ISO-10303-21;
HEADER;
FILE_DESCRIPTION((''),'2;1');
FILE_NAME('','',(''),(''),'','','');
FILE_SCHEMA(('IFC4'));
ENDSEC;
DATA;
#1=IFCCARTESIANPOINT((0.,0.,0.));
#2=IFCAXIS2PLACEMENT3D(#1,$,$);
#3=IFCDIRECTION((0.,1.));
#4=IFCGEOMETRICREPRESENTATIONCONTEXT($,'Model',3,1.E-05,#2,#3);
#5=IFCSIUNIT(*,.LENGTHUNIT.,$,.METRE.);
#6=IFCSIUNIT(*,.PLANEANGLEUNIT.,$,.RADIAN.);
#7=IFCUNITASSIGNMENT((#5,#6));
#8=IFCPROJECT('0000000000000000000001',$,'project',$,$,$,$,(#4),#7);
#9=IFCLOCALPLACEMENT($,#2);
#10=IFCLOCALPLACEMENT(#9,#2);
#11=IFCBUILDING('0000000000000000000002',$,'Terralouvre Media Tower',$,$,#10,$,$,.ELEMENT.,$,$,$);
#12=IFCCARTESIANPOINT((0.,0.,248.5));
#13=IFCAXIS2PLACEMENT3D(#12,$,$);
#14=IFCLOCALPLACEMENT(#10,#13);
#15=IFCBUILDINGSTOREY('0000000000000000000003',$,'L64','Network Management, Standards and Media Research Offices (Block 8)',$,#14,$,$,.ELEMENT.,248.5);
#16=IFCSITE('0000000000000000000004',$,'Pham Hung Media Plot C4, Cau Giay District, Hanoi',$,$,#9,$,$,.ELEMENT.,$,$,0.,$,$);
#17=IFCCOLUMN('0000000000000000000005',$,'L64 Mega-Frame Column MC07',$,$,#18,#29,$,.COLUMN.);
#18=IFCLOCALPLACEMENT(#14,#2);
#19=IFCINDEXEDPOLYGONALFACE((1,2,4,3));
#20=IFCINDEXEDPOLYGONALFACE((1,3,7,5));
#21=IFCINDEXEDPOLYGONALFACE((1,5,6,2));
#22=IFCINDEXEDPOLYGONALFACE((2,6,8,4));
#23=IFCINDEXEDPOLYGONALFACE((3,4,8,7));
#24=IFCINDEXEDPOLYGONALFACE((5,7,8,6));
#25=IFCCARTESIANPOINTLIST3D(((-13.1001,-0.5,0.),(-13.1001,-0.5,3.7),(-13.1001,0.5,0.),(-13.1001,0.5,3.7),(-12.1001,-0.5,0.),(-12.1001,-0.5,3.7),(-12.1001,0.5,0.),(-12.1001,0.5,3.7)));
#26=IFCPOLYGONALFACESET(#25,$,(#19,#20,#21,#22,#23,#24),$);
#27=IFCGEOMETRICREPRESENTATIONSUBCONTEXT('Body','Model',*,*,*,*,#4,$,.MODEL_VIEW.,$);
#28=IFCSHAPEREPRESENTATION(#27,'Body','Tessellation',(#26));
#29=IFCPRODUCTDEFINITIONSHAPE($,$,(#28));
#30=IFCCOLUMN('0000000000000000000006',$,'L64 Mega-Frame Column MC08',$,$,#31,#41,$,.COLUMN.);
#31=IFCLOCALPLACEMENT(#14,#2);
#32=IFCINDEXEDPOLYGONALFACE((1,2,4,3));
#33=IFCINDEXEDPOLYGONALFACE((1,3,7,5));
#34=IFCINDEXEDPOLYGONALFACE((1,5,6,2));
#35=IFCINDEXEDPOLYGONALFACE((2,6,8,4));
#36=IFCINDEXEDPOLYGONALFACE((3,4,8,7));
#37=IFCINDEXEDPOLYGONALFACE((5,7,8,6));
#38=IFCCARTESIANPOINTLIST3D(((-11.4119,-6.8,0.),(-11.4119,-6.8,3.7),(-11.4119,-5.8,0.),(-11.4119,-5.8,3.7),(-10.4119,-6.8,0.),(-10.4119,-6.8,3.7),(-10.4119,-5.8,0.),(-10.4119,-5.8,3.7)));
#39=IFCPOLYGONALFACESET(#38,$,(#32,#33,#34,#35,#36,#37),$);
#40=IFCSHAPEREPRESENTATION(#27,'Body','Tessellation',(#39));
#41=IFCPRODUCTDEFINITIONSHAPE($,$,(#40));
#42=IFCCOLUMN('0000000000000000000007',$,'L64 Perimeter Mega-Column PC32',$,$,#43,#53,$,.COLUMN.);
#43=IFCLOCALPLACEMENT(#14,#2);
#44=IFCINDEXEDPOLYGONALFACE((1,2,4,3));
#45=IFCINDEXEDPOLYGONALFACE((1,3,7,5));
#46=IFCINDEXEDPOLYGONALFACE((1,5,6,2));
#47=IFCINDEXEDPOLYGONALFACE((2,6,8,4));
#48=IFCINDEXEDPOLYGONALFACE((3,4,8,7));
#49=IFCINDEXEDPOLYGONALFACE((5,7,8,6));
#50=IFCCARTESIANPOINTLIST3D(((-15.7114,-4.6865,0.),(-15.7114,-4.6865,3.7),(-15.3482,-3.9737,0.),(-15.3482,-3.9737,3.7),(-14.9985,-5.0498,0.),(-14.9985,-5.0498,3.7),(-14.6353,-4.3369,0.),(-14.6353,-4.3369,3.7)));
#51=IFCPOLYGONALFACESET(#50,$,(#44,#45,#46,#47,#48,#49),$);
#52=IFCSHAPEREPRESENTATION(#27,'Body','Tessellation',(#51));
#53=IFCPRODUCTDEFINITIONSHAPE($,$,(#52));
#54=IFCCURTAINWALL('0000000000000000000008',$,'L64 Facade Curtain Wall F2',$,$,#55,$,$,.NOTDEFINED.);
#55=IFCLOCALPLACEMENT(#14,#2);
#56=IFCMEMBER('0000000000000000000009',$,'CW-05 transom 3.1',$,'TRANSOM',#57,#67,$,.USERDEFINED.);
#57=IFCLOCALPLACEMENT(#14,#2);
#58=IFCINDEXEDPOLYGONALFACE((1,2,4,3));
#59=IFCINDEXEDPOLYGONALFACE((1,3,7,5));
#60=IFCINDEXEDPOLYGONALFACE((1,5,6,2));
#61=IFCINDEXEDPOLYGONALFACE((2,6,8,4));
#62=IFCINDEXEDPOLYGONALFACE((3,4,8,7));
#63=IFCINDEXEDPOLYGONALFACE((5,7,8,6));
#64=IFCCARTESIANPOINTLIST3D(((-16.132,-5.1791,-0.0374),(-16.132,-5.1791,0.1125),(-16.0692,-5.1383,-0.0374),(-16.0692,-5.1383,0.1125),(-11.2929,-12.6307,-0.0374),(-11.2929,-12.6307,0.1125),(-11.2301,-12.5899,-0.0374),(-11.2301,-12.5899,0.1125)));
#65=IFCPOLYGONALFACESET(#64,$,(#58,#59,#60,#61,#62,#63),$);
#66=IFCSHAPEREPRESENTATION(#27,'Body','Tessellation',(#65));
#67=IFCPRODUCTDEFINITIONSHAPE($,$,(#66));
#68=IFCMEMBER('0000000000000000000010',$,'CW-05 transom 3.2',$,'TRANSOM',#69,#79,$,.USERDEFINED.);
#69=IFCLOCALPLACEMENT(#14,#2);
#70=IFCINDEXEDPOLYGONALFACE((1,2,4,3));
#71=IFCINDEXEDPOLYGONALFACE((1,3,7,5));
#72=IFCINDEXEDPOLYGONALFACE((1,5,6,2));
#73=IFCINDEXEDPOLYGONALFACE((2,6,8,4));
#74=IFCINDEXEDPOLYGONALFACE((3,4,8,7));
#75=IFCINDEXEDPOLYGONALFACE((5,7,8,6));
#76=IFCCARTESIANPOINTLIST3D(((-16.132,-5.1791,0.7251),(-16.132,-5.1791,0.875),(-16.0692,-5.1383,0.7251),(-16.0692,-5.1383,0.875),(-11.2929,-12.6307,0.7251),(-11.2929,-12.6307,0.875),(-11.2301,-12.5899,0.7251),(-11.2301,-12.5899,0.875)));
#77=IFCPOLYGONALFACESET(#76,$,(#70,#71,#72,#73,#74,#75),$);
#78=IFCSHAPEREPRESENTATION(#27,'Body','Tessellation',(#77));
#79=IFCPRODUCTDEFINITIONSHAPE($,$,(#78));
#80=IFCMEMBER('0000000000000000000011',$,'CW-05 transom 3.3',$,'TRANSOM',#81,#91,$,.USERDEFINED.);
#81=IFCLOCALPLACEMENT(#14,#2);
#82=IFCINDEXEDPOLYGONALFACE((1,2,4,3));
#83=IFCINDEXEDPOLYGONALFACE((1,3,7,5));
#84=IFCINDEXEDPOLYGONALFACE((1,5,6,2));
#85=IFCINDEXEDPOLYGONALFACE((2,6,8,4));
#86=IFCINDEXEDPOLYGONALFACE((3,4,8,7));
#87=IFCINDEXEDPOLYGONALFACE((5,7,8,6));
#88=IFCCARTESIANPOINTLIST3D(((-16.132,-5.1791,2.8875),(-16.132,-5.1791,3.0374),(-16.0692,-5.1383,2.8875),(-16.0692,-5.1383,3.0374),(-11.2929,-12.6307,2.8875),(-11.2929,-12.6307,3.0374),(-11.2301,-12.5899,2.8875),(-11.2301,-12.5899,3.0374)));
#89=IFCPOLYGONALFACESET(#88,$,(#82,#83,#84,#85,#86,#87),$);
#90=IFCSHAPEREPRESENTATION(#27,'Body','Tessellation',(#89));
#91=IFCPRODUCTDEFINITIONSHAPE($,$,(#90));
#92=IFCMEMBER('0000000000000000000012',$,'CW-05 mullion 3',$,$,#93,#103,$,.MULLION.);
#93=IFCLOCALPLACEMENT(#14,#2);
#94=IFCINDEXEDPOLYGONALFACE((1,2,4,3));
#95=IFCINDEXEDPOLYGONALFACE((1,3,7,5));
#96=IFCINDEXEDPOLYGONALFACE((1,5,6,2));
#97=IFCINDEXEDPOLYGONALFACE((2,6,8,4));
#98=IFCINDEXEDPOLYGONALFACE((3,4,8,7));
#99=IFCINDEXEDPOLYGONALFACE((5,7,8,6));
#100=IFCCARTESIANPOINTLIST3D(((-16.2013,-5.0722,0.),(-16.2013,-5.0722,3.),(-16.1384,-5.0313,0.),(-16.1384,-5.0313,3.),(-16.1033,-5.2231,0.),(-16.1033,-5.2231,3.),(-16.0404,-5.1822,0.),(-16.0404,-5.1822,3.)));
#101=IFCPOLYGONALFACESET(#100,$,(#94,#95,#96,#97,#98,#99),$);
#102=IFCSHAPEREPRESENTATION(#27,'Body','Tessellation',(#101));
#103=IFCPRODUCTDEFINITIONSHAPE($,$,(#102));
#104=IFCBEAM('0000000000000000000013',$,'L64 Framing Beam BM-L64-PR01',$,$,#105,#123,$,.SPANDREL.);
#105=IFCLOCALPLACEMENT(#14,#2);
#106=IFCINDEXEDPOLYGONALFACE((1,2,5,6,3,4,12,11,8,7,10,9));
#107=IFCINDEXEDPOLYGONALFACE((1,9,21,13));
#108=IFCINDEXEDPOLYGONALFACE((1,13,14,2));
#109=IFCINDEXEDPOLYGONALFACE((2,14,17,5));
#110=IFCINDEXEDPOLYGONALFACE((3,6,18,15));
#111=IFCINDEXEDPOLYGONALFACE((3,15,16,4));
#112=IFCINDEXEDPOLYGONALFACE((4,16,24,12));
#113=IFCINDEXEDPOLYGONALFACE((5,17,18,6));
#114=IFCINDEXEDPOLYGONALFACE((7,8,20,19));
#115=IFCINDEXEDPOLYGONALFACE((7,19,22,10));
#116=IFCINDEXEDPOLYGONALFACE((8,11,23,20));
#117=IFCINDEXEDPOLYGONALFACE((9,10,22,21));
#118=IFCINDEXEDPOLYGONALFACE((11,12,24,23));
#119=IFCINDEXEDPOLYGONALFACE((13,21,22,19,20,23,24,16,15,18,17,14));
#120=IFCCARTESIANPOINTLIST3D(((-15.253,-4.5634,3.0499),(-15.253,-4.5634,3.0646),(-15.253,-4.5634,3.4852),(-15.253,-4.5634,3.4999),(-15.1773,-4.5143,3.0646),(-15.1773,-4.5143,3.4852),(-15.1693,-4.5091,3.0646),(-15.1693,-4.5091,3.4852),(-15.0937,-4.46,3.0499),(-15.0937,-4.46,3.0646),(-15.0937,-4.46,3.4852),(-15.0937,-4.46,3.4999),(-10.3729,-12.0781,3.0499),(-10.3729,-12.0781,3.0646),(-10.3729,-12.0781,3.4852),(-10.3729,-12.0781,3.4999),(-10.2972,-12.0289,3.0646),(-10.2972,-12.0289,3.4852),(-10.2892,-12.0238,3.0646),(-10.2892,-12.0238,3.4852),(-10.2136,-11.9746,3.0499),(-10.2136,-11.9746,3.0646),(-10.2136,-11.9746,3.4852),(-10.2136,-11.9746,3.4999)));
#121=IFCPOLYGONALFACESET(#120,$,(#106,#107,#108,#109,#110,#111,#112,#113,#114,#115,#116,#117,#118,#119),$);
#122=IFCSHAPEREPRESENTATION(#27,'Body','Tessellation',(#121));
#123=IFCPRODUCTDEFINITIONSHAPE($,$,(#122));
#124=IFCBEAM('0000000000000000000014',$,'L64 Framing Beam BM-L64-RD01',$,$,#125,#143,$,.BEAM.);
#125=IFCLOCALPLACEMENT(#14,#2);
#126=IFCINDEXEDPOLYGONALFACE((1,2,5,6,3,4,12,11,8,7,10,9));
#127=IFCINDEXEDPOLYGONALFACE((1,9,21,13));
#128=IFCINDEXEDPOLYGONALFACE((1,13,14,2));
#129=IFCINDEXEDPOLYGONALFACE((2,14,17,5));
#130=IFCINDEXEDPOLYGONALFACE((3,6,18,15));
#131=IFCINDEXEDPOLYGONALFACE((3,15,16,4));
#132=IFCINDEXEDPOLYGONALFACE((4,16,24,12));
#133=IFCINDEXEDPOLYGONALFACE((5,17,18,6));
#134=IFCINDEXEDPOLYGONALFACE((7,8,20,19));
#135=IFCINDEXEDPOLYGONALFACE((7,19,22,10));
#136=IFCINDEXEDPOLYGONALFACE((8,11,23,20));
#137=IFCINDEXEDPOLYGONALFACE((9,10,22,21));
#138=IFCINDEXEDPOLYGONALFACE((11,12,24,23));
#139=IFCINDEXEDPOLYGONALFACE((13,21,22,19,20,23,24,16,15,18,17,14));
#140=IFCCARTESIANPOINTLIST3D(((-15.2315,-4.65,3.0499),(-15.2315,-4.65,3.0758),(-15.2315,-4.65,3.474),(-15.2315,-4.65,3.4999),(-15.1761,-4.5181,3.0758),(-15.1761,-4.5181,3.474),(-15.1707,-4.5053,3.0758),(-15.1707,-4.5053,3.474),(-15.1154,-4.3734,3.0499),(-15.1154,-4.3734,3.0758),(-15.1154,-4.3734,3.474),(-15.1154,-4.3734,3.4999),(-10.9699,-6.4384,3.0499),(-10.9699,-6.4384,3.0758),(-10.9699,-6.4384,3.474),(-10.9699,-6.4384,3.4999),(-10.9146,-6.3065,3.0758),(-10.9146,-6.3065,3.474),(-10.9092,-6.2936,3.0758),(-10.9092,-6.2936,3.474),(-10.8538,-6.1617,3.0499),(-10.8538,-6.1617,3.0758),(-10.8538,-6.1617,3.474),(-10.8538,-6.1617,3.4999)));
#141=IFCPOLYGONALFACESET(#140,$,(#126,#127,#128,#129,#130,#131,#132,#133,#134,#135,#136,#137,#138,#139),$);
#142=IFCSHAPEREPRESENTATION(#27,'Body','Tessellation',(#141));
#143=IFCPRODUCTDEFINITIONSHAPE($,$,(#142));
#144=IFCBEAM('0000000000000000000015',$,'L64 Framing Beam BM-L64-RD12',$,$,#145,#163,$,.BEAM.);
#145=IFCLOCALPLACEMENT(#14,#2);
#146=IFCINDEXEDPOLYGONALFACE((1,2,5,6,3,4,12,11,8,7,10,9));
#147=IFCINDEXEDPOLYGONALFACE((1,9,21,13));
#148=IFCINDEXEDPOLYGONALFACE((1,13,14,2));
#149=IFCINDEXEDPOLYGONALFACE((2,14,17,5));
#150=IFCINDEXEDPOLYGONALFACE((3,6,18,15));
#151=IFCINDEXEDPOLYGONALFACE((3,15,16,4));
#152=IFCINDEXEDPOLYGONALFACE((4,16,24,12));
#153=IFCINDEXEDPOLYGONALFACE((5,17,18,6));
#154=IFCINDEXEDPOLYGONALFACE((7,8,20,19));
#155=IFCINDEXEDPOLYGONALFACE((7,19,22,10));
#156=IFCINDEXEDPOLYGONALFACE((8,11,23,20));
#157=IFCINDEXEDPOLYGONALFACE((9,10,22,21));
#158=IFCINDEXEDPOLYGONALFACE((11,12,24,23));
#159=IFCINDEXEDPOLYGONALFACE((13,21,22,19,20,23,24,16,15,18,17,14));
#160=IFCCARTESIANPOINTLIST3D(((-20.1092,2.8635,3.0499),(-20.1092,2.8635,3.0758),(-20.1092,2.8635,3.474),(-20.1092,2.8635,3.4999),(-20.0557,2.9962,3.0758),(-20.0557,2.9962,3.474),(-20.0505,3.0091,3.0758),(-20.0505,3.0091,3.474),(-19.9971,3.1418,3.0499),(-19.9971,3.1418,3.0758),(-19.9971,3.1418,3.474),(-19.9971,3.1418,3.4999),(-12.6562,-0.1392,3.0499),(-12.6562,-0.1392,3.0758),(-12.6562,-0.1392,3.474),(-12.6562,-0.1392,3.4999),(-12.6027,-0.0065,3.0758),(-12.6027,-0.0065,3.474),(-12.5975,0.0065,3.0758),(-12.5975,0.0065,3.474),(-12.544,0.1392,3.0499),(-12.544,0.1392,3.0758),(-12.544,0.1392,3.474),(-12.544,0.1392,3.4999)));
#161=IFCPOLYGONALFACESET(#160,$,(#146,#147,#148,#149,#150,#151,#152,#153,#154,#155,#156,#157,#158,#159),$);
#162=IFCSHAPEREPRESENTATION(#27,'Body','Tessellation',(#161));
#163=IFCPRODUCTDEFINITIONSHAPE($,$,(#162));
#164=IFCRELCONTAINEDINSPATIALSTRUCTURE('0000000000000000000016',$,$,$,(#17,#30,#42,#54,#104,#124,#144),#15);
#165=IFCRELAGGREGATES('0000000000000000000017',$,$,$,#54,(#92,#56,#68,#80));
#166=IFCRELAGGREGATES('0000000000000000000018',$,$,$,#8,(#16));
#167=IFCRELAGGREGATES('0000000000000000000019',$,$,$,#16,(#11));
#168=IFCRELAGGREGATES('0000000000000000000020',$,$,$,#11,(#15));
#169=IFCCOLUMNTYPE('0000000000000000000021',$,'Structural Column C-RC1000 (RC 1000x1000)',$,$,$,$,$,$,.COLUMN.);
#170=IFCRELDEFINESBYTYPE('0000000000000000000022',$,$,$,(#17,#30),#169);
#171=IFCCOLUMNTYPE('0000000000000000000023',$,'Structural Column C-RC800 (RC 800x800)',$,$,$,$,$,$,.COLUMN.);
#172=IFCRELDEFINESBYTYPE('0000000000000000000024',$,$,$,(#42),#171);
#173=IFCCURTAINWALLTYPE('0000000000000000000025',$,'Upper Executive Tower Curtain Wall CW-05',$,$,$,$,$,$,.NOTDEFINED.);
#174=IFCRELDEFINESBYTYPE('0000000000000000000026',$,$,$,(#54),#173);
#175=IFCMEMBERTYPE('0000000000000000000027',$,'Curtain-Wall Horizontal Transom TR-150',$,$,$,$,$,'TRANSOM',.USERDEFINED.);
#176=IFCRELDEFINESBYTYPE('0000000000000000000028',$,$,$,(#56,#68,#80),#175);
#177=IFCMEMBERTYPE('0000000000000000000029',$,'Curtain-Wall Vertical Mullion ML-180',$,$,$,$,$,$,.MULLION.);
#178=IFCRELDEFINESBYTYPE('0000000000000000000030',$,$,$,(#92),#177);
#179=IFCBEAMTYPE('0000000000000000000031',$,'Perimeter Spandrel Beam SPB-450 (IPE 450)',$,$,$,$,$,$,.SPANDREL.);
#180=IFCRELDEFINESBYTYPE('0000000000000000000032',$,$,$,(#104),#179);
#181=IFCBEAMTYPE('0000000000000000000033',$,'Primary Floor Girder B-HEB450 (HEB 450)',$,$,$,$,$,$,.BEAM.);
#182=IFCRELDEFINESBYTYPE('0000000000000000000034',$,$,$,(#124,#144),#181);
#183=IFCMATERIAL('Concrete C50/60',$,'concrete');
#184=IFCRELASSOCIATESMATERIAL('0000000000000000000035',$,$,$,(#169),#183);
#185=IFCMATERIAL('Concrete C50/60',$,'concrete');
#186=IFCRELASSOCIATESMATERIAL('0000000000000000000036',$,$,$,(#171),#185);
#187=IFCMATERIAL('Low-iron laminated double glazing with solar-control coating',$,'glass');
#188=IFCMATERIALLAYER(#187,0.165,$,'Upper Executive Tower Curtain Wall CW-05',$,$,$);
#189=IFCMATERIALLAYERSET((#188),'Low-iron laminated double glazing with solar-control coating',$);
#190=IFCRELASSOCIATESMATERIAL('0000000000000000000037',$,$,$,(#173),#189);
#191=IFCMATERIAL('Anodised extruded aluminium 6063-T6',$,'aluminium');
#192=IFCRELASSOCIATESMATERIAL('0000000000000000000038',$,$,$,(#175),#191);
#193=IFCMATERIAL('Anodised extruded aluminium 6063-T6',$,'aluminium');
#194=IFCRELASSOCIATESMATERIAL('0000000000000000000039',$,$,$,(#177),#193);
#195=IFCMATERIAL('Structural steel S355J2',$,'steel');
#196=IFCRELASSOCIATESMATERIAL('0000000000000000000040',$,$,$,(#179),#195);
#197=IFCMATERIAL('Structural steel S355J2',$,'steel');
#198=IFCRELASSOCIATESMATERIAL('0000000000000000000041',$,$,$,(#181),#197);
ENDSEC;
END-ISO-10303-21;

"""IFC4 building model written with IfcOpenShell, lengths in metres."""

from ifc_helpers import new_model, si_unit, direction, frame, origin, origin_2d, place, context, subcontext, project, spatial, rectangle, i_section, extrude, material, layer, layer_set, material_profile, profile_set, type_object, element, aggregate, save


model = new_model("IFC4")

# Units and contexts
model_context = context("Model", 3, precision=1e-05, world=origin(), true_north=direction((0.0, 1.0)))
body_context = subcontext(model_context, "Body", "Model", "MODEL_VIEW")
ifc_project = project(units=[si_unit("LENGTHUNIT", "METRE"), si_unit("PLANEANGLEUNIT", "RADIAN")], contexts=[model_context])

# Site, building, storey
site_placement = place(None, origin())
site = spatial("IfcSite", under=ifc_project, at=site_placement, Name="Pham Hung Media Plot C4, Cau Giay District, Hanoi", CompositionType="ELEMENT", RefElevation=0.0)
building_placement = place(site_placement, origin())
building = spatial("IfcBuilding", under=site, at=building_placement, Name="Terralouvre Media Tower", CompositionType="ELEMENT")
storey_placement = place(building_placement, frame((0.0, 0.0, 248.5)))
storey = spatial("IfcBuildingStorey", under=building, at=storey_placement, Name="L64", Description="Network Management, Standards and Media Research Offices (Block 8)", CompositionType="ELEMENT", Elevation=248.5)

# Columns
ifc_material_1 = material(Name="Concrete C50/60", Category="concrete")
ifc_material_profile_1 = material_profile(ifc_material_1, rectangle(XDim=1.0, YDim=1.0, at=origin_2d()), Name="RC 1000x1000")
ifc_profile_set_1 = profile_set([ifc_material_profile_1], Name="Concrete C50/60")
column_type_1 = type_object("IfcColumnType", Name="Structural Column C-RC1000 (RC 1000x1000)", PredefinedType="COLUMN", material=ifc_profile_set_1)
for number, where, z_axis, x_axis, name in (
    (1, (-12.6001, 0.0, 0.0), (0.0, 0.0, 1.0), (1.0, 0.0, 0.0), "L64 Mega-Frame Column MC07"),
    (2, (-10.9119, -6.3, 0.0), (0.0, 0.0, 1.0), (1.0, 0.0, 0.0), "L64 Mega-Frame Column MC08"),
):
    element("IfcColumn", number, at=place(storey_placement, frame(where, z_axis=z_axis, x_axis=x_axis)), inside=storey, type_object=column_type_1, Name=name, PredefinedType="COLUMN", context=body_context, shape_type="SweptSolid", body=[
        extrude(rectangle(XDim=1.0, YDim=1.0, at=origin_2d()), origin(), (0.0, 0.0, 1.0), 3.7),
    ])
ifc_material_2 = material(Name="Concrete C50/60", Category="concrete")
ifc_material_profile_2 = material_profile(ifc_material_2, rectangle(XDim=0.8, YDim=0.8, at=origin_2d()), Name="RC 800x800")
ifc_profile_set_2 = profile_set([ifc_material_profile_2], Name="Concrete C50/60")
column_type_2 = type_object("IfcColumnType", Name="Structural Column C-RC800 (RC 800x800)", PredefinedType="COLUMN", material=ifc_profile_set_2)
column_placement = place(storey_placement, frame((-15.1733, -4.5117, 0.0), z_axis=(0.0, 0.0, 1.0), x_axis=(0.45399, 0.891007, 0.0)))
element("IfcColumn", 3, at=column_placement, inside=storey, type_object=column_type_2, Name="L64 Perimeter Mega-Column PC32", PredefinedType="COLUMN", context=body_context, shape_type="SweptSolid", body=[
    extrude(rectangle(XDim=0.8, YDim=0.8, at=origin_2d()), origin(), (0.0, 0.0, 1.0), 3.7),
])

# Curtain wall, members
ifc_material_3 = material(Name="Low-iron laminated double glazing with solar-control coating", Category="glass")
ifc_layer_1 = layer(ifc_material_3, 0.165, Name="Upper Executive Tower Curtain Wall CW-05")
ifc_layer_set_1 = layer_set([ifc_layer_1], Name="Low-iron laminated double glazing with solar-control coating")
curtain_wall_type = type_object("IfcCurtainWallType", Name="Upper Executive Tower Curtain Wall CW-05", PredefinedType="NOTDEFINED", material=ifc_layer_set_1)
curtain_wall_placement = place(storey_placement, origin())
curtain_wall = element("IfcCurtainWall", 4, at=curtain_wall_placement, inside=storey, type_object=curtain_wall_type, Name="L64 Facade Curtain Wall F2", PredefinedType="NOTDEFINED")
ifc_material_4 = material(Name="Anodised extruded aluminium 6063-T6", Category="aluminium")
ifc_material_profile_3 = material_profile(ifc_material_4, rectangle(XDim=0.075, YDim=0.1499, at=origin_2d()), Name="ALU 75x150")
ifc_profile_set_3 = profile_set([ifc_material_profile_3], Name="Anodised extruded aluminium 6063-T6")
member_type_1 = type_object("IfcMemberType", Name="Curtain-Wall Horizontal Transom TR-150", ElementType="TRANSOM", PredefinedType="USERDEFINED", material=ifc_profile_set_3)
member_1_placement = place(storey_placement, frame((-16.1006, -5.1587, 0.0376), z_axis=(0.544635, -0.838673, 0.0), x_axis=(0.838673, 0.544635, 0.0)))
member_1 = element("IfcMember", 5, at=member_1_placement, type_object=member_type_1, Name="CW-05 transom 3.1", ObjectType="TRANSOM", PredefinedType="USERDEFINED", context=body_context, shape_type="SweptSolid", body=[
    extrude(rectangle(XDim=0.075, YDim=0.1499, at=origin_2d()), origin(), (0.0, 0.0, 1.0), 8.885),
])
member_2_placement = place(storey_placement, frame((-16.1006, -5.1587, 0.8), z_axis=(0.544635, -0.838673, 0.0), x_axis=(0.838673, 0.544635, 0.0)))
member_2 = element("IfcMember", 6, at=member_2_placement, type_object=member_type_1, Name="CW-05 transom 3.2", ObjectType="TRANSOM", PredefinedType="USERDEFINED", context=body_context, shape_type="SweptSolid", body=[
    extrude(rectangle(XDim=0.075, YDim=0.1499, at=origin_2d()), origin(), (0.0, 0.0, 1.0), 8.885),
])
member_3_placement = place(storey_placement, frame((-16.1006, -5.1587, 2.9624), z_axis=(0.544635, -0.838673, 0.0), x_axis=(0.838673, 0.544635, 0.0)))
member_3 = element("IfcMember", 7, at=member_3_placement, type_object=member_type_1, Name="CW-05 transom 3.3", ObjectType="TRANSOM", PredefinedType="USERDEFINED", context=body_context, shape_type="SweptSolid", body=[
    extrude(rectangle(XDim=0.075, YDim=0.1499, at=origin_2d()), origin(), (0.0, 0.0, 1.0), 8.885),
])
ifc_material_5 = material(Name="Anodised extruded aluminium 6063-T6", Category="aluminium")
ifc_material_profile_4 = material_profile(ifc_material_5, rectangle(XDim=0.075, YDim=0.1799, at=origin_2d()), Name="ALU 75x180")
ifc_profile_set_4 = profile_set([ifc_material_profile_4], Name="Anodised extruded aluminium 6063-T6")
member_type_2 = type_object("IfcMemberType", Name="Curtain-Wall Vertical Mullion ML-180", PredefinedType="MULLION", material=ifc_profile_set_4)
member_4_placement = place(storey_placement, frame((-16.1208, -5.1272, 0.0), z_axis=(0.0, 0.0, 1.0), x_axis=(0.838671, 0.544639, 0.0)))
member_4 = element("IfcMember", 8, at=member_4_placement, type_object=member_type_2, Name="CW-05 mullion 3", PredefinedType="MULLION", context=body_context, shape_type="SweptSolid", body=[
    extrude(rectangle(XDim=0.075, YDim=0.1799, at=origin_2d()), origin(), (0.0, 0.0, 1.0), 3.0),
])

# Beams
ifc_material_6 = material(Name="Structural steel S355J2", Category="steel")
ifc_material_profile_5 = material_profile(ifc_material_6, i_section(OverallWidth=0.1899, OverallDepth=0.45, WebThickness=0.0095, FlangeThickness=0.0146, at=origin_2d()), Name="IPE 450")
ifc_profile_set_5 = profile_set([ifc_material_profile_5], Name="Structural steel S355J2")
beam_type_1 = type_object("IfcBeamType", Name="Perimeter Spandrel Beam SPB-450 (IPE 450)", PredefinedType="SPANDREL", material=ifc_profile_set_5)
beam_1_placement = place(storey_placement, frame((-15.1733, -4.5117, 3.2749), z_axis=(0.544644, -0.838668, 0.0), x_axis=(0.838668, 0.544644, 0.0)))
element("IfcBeam", 9, at=beam_1_placement, inside=storey, type_object=beam_type_1, Name="L64 Framing Beam BM-L64-PR01", PredefinedType="SPANDREL", context=body_context, shape_type="SweptSolid", body=[
    extrude(i_section(OverallWidth=0.1899, OverallDepth=0.45, WebThickness=0.0095, FlangeThickness=0.0146, at=origin_2d()), origin(), (0.0, 0.0, 1.0), 8.9602),
])
ifc_material_7 = material(Name="Structural steel S355J2", Category="steel")
ifc_material_profile_6 = material_profile(ifc_material_7, i_section(OverallWidth=0.3, OverallDepth=0.45, WebThickness=0.0139, FlangeThickness=0.0259, at=origin_2d()), Name="HEB 450")
ifc_profile_set_6 = profile_set([ifc_material_profile_6], Name="Structural steel S355J2")
beam_type_2 = type_object("IfcBeamType", Name="Primary Floor Girder B-HEB450 (HEB 450)", PredefinedType="BEAM", material=ifc_profile_set_6)
beam_2_placement = place(storey_placement, frame((-10.9119, -6.3, 3.2749), z_axis=(-0.922097, 0.386959, 0.0), x_axis=(-0.386959, -0.922097, 0.0)))
element("IfcBeam", 10, at=beam_2_placement, inside=storey, type_object=beam_type_2, Name="L64 Framing Beam BM-L64-RD01", PredefinedType="BEAM", context=body_context, shape_type="SweptSolid", body=[
    extrude(i_section(OverallWidth=0.3, OverallDepth=0.45, WebThickness=0.0139, FlangeThickness=0.0259, at=origin_2d()), origin(), (0.0, 0.0, 1.0), 4.6216),
])
beam_3_placement = place(storey_placement, frame((-12.6001, 0.0, 3.2749), z_axis=(-0.927554, 0.373689, 0.0), x_axis=(-0.373689, -0.927554, 0.0)))
element("IfcBeam", 11, at=beam_3_placement, inside=storey, type_object=beam_type_2, Name="L64 Framing Beam BM-L64-RD12", PredefinedType="BEAM", context=body_context, shape_type="SweptSolid", body=[
    extrude(i_section(OverallWidth=0.3, OverallDepth=0.45, WebThickness=0.0139, FlangeThickness=0.0259, at=origin_2d()), origin(), (0.0, 0.0, 1.0), 8.0352),
])

aggregate(curtain_wall, [member_4, member_1, member_2, member_3])

save(model, "model.ifc")
